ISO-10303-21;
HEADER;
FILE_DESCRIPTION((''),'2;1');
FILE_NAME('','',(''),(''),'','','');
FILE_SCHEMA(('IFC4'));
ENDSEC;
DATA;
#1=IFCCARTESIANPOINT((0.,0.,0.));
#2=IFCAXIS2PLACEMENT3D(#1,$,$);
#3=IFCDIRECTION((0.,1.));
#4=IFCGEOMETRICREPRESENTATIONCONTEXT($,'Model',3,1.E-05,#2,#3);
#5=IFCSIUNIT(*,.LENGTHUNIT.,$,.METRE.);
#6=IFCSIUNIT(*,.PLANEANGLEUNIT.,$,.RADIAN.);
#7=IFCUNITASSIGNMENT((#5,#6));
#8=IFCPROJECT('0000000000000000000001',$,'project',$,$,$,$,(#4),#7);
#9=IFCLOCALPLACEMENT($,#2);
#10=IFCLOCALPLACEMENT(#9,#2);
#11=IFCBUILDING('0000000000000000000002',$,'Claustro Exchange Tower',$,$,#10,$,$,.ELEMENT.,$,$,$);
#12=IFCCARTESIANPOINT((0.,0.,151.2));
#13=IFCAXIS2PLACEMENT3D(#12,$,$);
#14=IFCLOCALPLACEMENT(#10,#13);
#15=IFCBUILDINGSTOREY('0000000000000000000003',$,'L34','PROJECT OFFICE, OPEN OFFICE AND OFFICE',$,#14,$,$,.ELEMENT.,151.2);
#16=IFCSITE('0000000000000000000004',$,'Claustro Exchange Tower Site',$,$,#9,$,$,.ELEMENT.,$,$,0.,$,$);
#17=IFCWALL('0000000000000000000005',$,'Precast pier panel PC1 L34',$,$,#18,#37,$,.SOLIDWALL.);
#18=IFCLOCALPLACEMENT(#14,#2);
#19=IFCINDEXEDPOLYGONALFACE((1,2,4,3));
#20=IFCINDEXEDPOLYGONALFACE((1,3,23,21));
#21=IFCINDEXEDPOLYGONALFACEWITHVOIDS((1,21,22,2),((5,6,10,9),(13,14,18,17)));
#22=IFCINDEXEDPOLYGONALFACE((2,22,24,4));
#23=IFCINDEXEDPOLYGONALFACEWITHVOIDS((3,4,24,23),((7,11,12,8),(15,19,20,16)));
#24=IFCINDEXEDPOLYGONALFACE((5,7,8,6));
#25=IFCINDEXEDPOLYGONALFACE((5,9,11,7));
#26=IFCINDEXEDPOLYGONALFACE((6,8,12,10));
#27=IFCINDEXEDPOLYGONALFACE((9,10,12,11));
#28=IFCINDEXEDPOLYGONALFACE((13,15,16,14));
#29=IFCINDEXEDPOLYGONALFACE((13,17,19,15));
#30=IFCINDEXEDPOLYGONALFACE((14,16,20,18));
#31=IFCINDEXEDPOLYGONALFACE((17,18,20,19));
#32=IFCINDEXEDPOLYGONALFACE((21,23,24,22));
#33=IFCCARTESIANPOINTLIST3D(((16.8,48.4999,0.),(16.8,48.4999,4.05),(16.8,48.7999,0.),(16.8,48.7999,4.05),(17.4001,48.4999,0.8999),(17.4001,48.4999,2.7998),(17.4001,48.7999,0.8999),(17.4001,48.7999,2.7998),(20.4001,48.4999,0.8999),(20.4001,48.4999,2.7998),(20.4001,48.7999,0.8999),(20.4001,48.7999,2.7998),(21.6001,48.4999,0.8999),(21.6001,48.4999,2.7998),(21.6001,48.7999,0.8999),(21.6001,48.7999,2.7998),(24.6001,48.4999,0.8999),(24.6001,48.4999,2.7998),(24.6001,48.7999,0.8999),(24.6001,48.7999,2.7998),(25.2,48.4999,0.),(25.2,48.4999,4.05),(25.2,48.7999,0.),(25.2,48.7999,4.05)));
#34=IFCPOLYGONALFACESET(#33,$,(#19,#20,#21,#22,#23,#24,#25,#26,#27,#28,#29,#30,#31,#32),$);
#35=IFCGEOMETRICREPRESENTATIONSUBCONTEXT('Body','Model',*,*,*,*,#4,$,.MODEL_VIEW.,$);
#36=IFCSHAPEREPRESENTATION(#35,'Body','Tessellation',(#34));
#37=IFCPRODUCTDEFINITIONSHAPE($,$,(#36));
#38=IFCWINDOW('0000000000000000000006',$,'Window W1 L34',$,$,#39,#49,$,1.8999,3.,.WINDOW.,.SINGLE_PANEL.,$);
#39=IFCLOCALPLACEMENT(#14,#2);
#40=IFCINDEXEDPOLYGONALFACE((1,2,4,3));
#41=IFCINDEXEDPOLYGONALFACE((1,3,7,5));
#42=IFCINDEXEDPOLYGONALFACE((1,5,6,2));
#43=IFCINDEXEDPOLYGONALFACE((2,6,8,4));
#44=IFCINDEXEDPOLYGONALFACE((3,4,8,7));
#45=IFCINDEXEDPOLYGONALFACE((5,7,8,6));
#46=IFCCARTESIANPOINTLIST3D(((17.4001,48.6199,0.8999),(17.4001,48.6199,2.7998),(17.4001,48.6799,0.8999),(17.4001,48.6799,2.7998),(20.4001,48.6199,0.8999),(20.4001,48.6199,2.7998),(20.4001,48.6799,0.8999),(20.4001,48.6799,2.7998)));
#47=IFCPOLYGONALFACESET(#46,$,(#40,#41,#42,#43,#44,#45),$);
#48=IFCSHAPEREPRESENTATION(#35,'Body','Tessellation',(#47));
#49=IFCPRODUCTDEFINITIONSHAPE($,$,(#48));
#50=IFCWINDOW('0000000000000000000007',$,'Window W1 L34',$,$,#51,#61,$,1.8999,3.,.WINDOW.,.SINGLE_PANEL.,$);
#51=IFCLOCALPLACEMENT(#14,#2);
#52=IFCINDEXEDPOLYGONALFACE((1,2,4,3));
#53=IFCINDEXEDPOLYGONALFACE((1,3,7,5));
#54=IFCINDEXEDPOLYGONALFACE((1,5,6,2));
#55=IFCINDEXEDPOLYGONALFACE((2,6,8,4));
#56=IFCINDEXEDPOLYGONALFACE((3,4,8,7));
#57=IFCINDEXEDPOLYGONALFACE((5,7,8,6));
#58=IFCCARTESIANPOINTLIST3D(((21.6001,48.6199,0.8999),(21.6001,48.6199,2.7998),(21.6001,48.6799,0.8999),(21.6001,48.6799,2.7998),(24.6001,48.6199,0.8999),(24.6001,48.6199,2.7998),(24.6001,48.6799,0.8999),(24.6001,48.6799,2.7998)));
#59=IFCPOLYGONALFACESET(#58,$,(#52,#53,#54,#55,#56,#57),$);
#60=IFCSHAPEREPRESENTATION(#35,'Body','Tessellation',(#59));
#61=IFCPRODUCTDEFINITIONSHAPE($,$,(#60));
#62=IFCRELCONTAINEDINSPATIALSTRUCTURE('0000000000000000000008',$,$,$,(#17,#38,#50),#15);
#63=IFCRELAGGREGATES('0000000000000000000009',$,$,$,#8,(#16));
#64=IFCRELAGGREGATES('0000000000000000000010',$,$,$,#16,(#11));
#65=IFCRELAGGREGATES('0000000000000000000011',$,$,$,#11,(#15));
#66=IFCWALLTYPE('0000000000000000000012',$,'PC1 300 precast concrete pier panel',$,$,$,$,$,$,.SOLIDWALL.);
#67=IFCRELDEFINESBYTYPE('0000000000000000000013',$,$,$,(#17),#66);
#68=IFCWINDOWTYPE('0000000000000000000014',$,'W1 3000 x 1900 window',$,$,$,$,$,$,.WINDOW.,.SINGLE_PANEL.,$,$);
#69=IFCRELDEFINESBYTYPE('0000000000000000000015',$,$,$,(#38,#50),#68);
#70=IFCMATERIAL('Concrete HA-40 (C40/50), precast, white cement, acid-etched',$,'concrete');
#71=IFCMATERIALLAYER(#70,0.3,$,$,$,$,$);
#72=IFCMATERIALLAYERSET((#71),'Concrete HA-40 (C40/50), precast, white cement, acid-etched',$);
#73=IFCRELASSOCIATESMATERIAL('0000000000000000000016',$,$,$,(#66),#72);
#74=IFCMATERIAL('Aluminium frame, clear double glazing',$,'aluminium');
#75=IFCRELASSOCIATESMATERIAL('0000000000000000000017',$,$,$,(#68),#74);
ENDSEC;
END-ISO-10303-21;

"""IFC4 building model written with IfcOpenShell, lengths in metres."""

from ifc_helpers import new_model, si_unit, direction, frame, frame_2d, origin, place, context, subcontext, project, spatial, rectangle, extrude, material, layer, layer_set, type_object, element, fill, save


model = new_model("IFC4")

# Units and contexts
model_context = context("Model", 3, precision=1e-05, world=origin(), true_north=direction((0.0, 1.0)))
body_context = subcontext(model_context, "Body", "Model", "MODEL_VIEW")
ifc_project = project(units=[si_unit("LENGTHUNIT", "METRE"), si_unit("PLANEANGLEUNIT", "RADIAN")], contexts=[model_context])

# Site, building, storey
site_placement = place(None, origin())
site = spatial("IfcSite", under=ifc_project, at=site_placement, Name="Claustro Exchange Tower Site", CompositionType="ELEMENT", RefElevation=0.0)
building_placement = place(site_placement, origin())
building = spatial("IfcBuilding", under=site, at=building_placement, Name="Claustro Exchange Tower", CompositionType="ELEMENT")
storey_placement = place(building_placement, frame((0.0, 0.0, 151.2)))
storey = spatial("IfcBuildingStorey", under=building, at=storey_placement, Name="L34", Description="PROJECT OFFICE, OPEN OFFICE AND OFFICE", CompositionType="ELEMENT", Elevation=151.2)

# Wall, openings, windows
ifc_material_1 = material(Name="Concrete HA-40 (C40/50), precast, white cement, acid-etched", Category="concrete")
ifc_layer_1 = layer(ifc_material_1, 0.3)
ifc_layer_set_1 = layer_set([ifc_layer_1], Name="Concrete HA-40 (C40/50), precast, white cement, acid-etched")
wall_type_1 = type_object("IfcWallType", Name="PC1 300 precast concrete pier panel", PredefinedType="SOLIDWALL", material=ifc_layer_set_1)
ifc_material_2 = material(Name="Aluminium frame, clear double glazing", Category="aluminium")
window_type = type_object("IfcWindowType", Name="W1 3000 x 1900 window", PartitioningType="SINGLE_PANEL", PredefinedType="WINDOW", material=ifc_material_2)
wall_1_placement = place(storey_placement, frame((16.8, 48.6499, 0.0), z_axis=(0.0, 0.0, 1.0), x_axis=(1.0, 0.0, 0.0)))
wall_1 = element("IfcWall", 1, at=wall_1_placement, inside=storey, type_object=wall_type_1, Name="Precast pier panel PC1 L34", PredefinedType="SOLIDWALL", context=body_context, shape_type="SweptSolid", body=[
    extrude(rectangle(XDim=8.3999, YDim=0.3, at=frame_2d((4.2, 0.0))), origin(), (0.0, 0.0, 1.0), 4.05),
])
opening_1_placement = place(wall_1_placement, frame((0.6001, 0.0, 0.8999)))
opening_1 = element("IfcOpeningElement", 2, at=opening_1_placement, cuts=wall_1, PredefinedType="OPENING", context=body_context, shape_type="SweptSolid", body=[
    extrude(rectangle(XDim=3.0, YDim=1.8999, at=frame_2d((1.5, 0.95))), frame((0.0, 0.1599, 0.0), z_axis=(0.0, -1.0, 0.0), x_axis=(1.0, 0.0, 0.0)), (0.0, 0.0, 1.0), 0.3201),
])
opening_2_placement = place(wall_1_placement, frame((4.8, 0.0, 0.8999)))
opening_2 = element("IfcOpeningElement", 3, at=opening_2_placement, cuts=wall_1, PredefinedType="OPENING", context=body_context, shape_type="SweptSolid", body=[
    extrude(rectangle(XDim=3.0, YDim=1.8999, at=frame_2d((1.5, 0.95))), frame((0.0, 0.1599, 0.0), z_axis=(0.0, -1.0, 0.0), x_axis=(1.0, 0.0, 0.0)), (0.0, 0.0, 1.0), 0.3201),
])
window_1_placement = place(opening_1_placement, origin())
window_1 = element("IfcWindow", 4, at=window_1_placement, inside=storey, type_object=window_type, Name="Window W1 L34", OverallHeight=1.8999, OverallWidth=3.0, PartitioningType="SINGLE_PANEL", PredefinedType="WINDOW", context=body_context, shape_type="SweptSolid", body=[
    extrude(rectangle(XDim=3.0, YDim=1.8999, at=frame_2d((1.5, 0.95))), frame((0.0, 0.03, 0.0), z_axis=(0.0, -1.0, 0.0), x_axis=(1.0, 0.0, 0.0)), (0.0, 0.0, 1.0), 0.0601),
])
fill(opening_1, window_1)
window_2_placement = place(opening_2_placement, origin())
window_2 = element("IfcWindow", 5, at=window_2_placement, inside=storey, type_object=window_type, Name="Window W1 L34", OverallHeight=1.8999, OverallWidth=3.0, PartitioningType="SINGLE_PANEL", PredefinedType="WINDOW", context=body_context, shape_type="SweptSolid", body=[
    extrude(rectangle(XDim=3.0, YDim=1.8999, at=frame_2d((1.5, 0.95))), frame((0.0, 0.03, 0.0), z_axis=(0.0, -1.0, 0.0), x_axis=(1.0, 0.0, 0.0)), (0.0, 0.0, 1.0), 0.0601),
])
fill(opening_2, window_2)

save(model, "model.ifc")
